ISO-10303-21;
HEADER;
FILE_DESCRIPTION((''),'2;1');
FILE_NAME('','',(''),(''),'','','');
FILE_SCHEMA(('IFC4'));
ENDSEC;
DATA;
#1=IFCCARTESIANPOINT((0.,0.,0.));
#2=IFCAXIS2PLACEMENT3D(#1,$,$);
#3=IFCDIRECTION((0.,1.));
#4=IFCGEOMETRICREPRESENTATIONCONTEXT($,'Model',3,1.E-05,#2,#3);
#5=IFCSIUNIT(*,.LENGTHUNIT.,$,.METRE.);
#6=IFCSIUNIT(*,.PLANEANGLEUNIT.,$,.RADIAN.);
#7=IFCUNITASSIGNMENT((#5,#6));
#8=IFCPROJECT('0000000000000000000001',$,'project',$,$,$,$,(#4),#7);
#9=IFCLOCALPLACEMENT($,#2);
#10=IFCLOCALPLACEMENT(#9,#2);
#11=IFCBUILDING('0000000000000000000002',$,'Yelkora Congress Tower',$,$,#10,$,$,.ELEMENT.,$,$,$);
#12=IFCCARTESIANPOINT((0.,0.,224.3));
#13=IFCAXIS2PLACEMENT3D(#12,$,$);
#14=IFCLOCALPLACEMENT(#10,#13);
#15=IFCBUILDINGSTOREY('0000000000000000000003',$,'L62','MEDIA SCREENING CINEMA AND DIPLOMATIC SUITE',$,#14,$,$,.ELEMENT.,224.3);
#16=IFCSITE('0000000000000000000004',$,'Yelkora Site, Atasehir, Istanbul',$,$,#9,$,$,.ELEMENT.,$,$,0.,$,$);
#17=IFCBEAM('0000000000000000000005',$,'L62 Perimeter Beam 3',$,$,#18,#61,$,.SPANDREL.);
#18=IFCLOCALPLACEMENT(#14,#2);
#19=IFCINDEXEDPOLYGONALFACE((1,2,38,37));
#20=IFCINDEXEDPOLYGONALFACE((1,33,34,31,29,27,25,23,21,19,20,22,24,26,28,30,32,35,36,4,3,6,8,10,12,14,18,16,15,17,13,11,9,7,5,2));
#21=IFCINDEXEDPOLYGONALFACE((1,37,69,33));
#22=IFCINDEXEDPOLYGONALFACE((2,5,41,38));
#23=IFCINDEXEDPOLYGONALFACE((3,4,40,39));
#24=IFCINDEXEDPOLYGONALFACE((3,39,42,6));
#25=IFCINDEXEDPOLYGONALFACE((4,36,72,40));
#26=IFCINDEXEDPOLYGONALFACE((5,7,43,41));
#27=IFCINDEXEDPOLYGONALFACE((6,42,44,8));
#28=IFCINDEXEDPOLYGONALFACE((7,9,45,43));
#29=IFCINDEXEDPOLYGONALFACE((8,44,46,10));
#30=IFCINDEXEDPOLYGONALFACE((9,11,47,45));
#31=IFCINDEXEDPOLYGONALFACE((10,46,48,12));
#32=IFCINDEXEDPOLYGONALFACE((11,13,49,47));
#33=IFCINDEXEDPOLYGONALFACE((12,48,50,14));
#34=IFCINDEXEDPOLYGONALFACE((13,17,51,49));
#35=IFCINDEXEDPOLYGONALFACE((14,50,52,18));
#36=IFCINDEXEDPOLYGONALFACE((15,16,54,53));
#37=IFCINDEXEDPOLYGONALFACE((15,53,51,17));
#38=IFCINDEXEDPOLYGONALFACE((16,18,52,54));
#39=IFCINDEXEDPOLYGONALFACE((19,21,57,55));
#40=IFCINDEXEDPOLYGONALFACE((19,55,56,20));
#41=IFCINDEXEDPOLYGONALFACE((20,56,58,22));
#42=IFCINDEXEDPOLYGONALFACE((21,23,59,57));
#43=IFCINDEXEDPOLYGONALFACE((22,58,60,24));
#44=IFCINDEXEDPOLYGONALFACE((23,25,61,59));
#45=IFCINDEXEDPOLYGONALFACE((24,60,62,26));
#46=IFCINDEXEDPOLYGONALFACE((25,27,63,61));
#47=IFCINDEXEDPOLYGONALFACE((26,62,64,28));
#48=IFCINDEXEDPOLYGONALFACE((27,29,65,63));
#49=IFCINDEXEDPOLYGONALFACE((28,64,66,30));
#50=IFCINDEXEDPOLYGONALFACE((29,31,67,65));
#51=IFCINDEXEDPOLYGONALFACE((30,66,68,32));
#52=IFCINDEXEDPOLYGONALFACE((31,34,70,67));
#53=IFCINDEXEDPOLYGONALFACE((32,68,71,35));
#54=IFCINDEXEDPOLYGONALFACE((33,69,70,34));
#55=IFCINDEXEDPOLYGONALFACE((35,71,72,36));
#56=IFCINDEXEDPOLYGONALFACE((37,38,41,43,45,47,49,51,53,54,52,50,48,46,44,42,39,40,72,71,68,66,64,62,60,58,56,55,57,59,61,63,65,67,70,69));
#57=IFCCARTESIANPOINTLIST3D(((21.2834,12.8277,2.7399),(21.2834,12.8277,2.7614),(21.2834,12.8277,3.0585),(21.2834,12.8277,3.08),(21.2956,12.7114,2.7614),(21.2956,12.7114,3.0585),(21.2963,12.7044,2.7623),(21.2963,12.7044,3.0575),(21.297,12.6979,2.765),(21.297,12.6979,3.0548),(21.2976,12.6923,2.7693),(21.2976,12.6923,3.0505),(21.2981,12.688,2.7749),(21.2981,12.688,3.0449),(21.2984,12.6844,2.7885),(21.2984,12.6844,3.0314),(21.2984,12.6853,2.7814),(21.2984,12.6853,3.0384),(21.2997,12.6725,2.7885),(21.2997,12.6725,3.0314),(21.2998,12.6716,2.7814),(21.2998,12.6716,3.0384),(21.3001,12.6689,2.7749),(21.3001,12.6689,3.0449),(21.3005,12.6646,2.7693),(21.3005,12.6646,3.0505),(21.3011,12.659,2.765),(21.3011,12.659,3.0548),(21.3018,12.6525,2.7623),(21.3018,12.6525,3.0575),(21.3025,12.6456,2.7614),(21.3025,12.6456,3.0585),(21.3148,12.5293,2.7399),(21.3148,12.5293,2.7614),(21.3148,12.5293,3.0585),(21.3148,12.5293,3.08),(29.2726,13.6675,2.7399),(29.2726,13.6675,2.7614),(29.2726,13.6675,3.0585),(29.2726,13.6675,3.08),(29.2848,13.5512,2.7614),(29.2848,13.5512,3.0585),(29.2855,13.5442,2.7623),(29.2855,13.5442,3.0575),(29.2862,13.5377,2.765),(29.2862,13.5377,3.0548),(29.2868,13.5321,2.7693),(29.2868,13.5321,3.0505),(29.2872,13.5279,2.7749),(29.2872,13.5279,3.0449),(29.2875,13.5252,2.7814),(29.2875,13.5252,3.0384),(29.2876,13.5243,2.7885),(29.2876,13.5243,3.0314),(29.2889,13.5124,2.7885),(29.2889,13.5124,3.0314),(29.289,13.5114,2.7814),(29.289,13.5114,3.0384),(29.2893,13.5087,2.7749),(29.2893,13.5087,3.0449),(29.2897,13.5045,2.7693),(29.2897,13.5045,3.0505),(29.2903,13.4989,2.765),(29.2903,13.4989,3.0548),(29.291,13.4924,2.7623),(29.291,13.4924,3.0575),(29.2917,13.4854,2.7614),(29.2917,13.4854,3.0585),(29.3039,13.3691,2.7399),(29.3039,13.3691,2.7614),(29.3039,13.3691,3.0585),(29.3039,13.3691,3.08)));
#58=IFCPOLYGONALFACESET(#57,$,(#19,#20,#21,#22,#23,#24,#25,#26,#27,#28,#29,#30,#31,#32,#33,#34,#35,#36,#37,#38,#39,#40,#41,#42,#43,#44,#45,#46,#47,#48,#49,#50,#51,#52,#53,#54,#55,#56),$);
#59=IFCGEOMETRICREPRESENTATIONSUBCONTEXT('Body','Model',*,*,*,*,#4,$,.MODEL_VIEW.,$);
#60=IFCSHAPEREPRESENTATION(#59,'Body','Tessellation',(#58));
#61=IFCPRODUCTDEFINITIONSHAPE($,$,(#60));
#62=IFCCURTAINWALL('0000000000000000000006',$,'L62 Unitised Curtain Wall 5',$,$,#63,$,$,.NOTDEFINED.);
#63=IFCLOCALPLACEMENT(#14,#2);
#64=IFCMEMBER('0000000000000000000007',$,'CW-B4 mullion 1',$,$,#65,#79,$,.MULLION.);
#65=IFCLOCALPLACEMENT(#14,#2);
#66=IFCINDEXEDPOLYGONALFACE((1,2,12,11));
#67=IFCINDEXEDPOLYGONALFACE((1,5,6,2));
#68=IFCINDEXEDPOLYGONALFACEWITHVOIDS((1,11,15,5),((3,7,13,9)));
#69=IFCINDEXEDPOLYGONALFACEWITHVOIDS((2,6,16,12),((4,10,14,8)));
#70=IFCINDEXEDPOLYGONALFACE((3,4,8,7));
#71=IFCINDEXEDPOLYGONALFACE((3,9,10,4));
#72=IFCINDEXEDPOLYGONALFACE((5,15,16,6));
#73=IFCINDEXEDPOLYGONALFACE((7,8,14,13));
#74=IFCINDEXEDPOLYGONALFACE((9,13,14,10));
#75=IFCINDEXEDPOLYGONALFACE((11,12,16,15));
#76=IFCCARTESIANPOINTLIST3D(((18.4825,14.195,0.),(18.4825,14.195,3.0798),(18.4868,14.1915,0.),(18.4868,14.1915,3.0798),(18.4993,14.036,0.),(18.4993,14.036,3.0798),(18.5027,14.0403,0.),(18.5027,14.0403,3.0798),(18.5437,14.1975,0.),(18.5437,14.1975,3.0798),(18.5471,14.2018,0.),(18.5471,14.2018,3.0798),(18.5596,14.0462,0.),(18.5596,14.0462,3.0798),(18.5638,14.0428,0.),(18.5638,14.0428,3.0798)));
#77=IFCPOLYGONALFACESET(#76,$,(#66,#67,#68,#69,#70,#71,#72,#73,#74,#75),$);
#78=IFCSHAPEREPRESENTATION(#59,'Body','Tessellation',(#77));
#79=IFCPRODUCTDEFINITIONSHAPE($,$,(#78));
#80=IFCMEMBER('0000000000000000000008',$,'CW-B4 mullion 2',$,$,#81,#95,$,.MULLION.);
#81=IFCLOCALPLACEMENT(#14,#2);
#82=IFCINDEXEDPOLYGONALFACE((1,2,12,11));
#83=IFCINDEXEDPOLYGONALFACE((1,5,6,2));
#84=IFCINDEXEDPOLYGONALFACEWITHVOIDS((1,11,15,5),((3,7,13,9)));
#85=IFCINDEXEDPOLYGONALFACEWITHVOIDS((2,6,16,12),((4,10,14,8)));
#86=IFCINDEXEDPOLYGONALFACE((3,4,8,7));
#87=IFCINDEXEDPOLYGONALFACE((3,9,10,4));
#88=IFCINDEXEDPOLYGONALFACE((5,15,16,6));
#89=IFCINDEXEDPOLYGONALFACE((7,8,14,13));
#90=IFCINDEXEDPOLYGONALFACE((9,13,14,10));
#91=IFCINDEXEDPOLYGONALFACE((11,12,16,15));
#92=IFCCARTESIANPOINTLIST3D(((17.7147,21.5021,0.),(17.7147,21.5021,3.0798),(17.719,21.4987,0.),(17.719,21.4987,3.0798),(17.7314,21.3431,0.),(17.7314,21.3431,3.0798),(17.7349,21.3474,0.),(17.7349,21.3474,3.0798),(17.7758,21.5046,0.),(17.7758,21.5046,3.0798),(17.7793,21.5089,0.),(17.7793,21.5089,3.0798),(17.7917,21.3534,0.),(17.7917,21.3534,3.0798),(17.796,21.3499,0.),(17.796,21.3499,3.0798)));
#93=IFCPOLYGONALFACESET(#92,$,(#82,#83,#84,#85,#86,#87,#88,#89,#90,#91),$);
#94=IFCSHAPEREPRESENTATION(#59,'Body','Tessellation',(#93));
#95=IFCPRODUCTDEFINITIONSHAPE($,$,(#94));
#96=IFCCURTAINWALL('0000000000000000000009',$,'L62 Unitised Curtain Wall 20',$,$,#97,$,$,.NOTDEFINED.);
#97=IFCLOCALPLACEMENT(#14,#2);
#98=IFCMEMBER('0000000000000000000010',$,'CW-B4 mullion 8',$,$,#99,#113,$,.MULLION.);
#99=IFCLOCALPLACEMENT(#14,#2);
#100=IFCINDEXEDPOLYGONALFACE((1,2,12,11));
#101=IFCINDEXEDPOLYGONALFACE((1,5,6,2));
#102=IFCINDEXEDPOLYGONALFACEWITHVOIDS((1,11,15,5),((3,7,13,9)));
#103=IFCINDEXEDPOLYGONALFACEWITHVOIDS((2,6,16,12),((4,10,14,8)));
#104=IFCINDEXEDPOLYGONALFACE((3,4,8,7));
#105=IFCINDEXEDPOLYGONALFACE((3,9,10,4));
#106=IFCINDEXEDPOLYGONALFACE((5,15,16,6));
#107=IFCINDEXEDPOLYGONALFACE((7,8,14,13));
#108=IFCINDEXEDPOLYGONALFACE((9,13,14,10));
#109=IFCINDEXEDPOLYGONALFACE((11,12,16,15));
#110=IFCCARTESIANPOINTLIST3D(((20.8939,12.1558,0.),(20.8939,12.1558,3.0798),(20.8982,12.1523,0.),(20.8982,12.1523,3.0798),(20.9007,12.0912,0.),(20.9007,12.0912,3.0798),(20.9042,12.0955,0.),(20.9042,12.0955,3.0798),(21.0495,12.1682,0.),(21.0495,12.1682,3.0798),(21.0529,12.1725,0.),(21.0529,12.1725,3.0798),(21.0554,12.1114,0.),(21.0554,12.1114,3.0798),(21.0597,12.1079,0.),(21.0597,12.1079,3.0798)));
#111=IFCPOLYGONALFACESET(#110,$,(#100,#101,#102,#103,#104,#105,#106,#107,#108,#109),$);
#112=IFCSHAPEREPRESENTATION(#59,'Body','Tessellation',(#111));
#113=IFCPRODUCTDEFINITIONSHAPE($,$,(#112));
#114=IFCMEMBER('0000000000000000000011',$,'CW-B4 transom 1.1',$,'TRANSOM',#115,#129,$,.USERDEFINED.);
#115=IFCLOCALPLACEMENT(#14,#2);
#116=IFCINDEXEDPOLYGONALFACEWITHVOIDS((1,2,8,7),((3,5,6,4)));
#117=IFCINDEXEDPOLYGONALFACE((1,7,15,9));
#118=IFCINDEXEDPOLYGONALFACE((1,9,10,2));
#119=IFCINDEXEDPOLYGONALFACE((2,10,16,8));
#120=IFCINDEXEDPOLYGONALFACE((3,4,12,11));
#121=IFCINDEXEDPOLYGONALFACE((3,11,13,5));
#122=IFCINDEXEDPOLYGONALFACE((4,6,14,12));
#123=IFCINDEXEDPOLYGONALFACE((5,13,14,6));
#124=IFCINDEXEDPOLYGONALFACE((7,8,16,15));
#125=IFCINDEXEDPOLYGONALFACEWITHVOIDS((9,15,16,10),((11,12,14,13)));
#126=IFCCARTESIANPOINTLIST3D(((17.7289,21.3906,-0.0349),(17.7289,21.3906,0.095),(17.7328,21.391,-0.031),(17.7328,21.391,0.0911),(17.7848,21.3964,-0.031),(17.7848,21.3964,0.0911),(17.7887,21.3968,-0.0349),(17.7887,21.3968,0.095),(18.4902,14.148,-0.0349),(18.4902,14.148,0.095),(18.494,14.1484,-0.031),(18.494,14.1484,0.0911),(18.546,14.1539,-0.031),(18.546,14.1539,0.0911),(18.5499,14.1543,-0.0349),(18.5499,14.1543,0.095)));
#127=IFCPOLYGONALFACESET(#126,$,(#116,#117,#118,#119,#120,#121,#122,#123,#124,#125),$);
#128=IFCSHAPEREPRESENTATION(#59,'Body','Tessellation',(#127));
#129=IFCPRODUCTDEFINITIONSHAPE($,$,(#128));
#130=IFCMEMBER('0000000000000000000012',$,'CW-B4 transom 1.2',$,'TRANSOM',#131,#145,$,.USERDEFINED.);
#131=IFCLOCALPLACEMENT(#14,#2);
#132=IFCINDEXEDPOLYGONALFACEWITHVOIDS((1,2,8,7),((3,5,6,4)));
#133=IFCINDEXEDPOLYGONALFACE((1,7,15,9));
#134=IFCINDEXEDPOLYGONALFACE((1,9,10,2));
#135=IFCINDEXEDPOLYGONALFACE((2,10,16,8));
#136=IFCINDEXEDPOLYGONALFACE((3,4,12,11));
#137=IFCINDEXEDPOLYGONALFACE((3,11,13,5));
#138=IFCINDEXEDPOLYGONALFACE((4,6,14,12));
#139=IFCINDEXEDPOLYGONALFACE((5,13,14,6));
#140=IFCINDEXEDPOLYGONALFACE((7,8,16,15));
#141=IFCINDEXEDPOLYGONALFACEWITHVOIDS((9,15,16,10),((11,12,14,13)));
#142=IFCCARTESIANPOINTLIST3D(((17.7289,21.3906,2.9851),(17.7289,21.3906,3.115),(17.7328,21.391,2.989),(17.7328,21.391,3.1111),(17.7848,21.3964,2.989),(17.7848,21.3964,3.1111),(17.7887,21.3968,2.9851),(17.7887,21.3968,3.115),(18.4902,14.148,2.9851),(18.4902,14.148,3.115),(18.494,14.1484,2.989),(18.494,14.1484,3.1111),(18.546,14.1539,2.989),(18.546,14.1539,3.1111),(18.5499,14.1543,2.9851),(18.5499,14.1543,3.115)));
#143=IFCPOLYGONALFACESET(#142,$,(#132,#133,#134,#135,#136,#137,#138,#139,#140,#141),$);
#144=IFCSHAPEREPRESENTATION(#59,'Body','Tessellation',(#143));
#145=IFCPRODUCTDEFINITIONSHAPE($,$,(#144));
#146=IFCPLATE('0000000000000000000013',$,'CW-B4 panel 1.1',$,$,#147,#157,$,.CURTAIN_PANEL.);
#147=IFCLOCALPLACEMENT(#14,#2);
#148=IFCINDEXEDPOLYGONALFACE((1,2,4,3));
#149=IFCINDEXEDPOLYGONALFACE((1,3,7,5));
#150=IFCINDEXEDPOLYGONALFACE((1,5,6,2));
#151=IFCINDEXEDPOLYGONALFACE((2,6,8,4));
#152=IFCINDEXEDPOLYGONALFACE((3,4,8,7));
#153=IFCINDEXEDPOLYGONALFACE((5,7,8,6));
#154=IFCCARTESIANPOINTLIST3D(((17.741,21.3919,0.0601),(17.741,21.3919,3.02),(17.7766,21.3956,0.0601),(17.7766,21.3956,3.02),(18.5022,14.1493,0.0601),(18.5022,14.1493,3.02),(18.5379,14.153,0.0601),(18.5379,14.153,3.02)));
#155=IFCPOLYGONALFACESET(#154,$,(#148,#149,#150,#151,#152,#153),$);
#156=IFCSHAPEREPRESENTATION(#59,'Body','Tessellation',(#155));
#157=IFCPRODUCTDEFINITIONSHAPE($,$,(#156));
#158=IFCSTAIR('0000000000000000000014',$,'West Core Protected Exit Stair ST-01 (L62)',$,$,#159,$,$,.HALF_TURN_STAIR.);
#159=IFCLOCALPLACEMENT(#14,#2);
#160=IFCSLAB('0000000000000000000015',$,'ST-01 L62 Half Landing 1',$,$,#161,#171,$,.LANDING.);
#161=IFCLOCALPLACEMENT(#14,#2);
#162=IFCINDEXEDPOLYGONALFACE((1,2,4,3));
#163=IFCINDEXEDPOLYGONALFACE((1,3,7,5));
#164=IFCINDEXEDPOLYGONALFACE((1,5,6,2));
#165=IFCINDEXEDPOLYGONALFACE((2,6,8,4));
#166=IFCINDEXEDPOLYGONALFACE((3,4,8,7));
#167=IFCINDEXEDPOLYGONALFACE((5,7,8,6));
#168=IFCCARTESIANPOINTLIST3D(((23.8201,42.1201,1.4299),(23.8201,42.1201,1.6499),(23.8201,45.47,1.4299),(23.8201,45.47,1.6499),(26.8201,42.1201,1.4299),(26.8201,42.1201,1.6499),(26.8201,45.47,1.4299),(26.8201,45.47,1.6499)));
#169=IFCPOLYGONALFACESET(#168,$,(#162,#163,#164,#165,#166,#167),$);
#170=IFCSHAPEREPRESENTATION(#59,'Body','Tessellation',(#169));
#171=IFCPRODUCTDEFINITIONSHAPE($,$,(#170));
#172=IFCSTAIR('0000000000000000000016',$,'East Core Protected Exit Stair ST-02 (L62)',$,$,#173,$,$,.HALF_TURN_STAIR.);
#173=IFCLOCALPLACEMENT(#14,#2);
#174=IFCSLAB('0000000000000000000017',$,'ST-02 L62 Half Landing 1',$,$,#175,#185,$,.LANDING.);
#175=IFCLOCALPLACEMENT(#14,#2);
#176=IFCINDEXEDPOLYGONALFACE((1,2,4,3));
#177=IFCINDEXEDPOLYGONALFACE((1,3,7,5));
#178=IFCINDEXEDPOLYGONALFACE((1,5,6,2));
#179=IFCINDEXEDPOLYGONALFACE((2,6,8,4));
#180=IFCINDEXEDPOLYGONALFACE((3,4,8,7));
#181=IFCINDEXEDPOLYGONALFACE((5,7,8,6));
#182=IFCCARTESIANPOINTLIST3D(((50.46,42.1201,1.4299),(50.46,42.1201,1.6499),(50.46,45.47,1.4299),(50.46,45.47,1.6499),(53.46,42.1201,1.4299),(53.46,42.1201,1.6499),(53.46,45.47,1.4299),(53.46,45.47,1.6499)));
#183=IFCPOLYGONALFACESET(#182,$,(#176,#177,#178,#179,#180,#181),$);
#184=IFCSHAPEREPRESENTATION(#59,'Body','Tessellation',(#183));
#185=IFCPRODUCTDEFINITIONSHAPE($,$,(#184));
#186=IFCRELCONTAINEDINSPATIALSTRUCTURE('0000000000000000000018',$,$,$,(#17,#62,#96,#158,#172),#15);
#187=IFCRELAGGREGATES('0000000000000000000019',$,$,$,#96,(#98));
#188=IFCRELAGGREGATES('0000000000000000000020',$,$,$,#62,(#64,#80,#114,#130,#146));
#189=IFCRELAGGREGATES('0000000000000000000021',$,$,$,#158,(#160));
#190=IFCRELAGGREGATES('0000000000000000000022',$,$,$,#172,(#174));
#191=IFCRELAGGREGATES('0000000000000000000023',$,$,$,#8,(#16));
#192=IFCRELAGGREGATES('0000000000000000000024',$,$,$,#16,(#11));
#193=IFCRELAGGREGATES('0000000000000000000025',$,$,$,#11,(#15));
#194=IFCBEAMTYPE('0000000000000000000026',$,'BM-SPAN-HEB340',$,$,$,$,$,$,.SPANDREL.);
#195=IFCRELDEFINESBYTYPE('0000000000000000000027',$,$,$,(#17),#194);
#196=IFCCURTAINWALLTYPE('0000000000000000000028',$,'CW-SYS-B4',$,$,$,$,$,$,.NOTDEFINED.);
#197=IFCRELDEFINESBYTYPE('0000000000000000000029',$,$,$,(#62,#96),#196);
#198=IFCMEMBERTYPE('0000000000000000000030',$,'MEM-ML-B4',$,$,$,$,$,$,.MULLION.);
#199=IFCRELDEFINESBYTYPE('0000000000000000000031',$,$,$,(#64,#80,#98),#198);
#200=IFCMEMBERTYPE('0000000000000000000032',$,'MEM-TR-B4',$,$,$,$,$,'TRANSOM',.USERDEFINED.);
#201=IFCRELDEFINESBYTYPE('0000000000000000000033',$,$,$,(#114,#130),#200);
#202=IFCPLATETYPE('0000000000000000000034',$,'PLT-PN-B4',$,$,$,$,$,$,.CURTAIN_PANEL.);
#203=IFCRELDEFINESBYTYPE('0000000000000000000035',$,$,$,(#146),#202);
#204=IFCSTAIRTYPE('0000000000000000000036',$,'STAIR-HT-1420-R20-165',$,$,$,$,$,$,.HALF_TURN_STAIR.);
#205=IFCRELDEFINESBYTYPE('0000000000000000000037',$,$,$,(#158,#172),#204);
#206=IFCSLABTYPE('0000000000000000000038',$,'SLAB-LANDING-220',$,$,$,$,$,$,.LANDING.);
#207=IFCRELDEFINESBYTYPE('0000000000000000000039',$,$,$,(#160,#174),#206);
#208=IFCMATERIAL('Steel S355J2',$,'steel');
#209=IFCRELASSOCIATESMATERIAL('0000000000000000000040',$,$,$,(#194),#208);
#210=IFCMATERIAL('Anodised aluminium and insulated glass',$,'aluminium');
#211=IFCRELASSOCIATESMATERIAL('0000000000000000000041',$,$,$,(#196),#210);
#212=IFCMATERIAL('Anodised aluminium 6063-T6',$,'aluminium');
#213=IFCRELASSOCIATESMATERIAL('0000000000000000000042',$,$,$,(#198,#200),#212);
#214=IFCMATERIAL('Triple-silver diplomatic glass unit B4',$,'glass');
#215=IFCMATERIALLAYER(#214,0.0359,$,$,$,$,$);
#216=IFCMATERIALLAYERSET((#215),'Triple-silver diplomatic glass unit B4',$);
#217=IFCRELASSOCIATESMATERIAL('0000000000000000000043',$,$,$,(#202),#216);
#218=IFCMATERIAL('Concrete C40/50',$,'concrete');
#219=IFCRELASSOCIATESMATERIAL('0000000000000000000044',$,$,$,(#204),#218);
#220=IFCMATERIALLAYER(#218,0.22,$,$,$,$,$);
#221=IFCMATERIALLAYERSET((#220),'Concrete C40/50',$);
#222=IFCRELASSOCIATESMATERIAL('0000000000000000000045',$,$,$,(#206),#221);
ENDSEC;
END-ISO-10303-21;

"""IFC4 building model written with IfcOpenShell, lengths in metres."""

from ifc_helpers import new_model, si_unit, direction, frame, origin, origin_2d, place, context, subcontext, project, spatial, polyline, rectangle, hollow_rectangle, i_section, outline, extrude, material, layer, layer_set, material_profile, profile_set, type_object, element, aggregate, save


model = new_model("IFC4")

# Units and contexts
model_context = context("Model", 3, precision=1e-05, world=origin(), true_north=direction((0.0, 1.0)))
body_context = subcontext(model_context, "Body", "Model", "MODEL_VIEW")
ifc_project = project(units=[si_unit("LENGTHUNIT", "METRE"), si_unit("PLANEANGLEUNIT", "RADIAN")], contexts=[model_context])

# Site, building, storey
site_placement = place(None, origin())
site = spatial("IfcSite", under=ifc_project, at=site_placement, Name="Yelkora Site, Atasehir, Istanbul", CompositionType="ELEMENT", RefElevation=0.0)
building_placement = place(site_placement, origin())
building = spatial("IfcBuilding", under=site, at=building_placement, Name="Yelkora Congress Tower", CompositionType="ELEMENT")
storey_placement = place(building_placement, frame((0.0, 0.0, 224.3)))
storey = spatial("IfcBuildingStorey", under=building, at=storey_placement, Name="L62", Description="MEDIA SCREENING CINEMA AND DIPLOMATIC SUITE", CompositionType="ELEMENT", Elevation=224.3)

# Shared definitions
ifc_material_1 = material(Name="Steel S355J2", Category="steel")

# Beam
ifc_material_profile_1 = material_profile(ifc_material_1, i_section(OverallWidth=0.3, OverallDepth=0.3401, WebThickness=0.012, FlangeThickness=0.0215, FilletRadius=0.0271, at=origin_2d()), Name="HEB 340")
ifc_profile_set_1 = profile_set([ifc_material_profile_1], Name="Steel S355J2")
beam_type_1 = type_object("IfcBeamType", Name="BM-SPAN-HEB340", PredefinedType="SPANDREL", material=ifc_profile_set_1)
beam_1_placement = place(storey_placement, frame((21.2991, 12.6785, 2.9099), z_axis=(0.99452, 0.104546, 0.0), x_axis=(-0.104546, 0.99452, 0.0)))
element("IfcBeam", 1, at=beam_1_placement, inside=storey, type_object=beam_type_1, Name="L62 Perimeter Beam 3", PredefinedType="SPANDREL", context=body_context, shape_type="SweptSolid", body=[
    extrude(i_section(OverallWidth=0.3, OverallDepth=0.3401, WebThickness=0.012, FlangeThickness=0.0215, FilletRadius=0.0271, at=origin_2d()), origin(), (0.0, 0.0, 1.0), 8.0332),
])

# Curtain wall, members
ifc_material_2 = material(Name="Anodised aluminium and insulated glass", Category="aluminium")
curtain_wall_type = type_object("IfcCurtainWallType", Name="CW-SYS-B4", PredefinedType="NOTDEFINED", material=ifc_material_2)
curtain_wall_1_placement = place(storey_placement, origin())
curtain_wall_1 = element("IfcCurtainWall", 2, at=curtain_wall_1_placement, inside=storey, type_object=curtain_wall_type, Name="L62 Unitised Curtain Wall 5", PredefinedType="NOTDEFINED")
ifc_material_3 = material(Name="Anodised aluminium 6063-T6", Category="aluminium")
ifc_material_profile_2 = material_profile(ifc_material_3, hollow_rectangle(XDim=0.0649, YDim=0.1599, WallThickness=0.0039, at=origin_2d()), Name="ALU 65x160x4")
ifc_profile_set_2 = profile_set([ifc_material_profile_2], Name="Anodised aluminium 6063-T6")
member_type_1 = type_object("IfcMemberType", Name="MEM-ML-B4", PredefinedType="MULLION", material=ifc_profile_set_2)
member_1_placement = place(storey_placement, frame((18.5232, 14.1189, 0.0), z_axis=(0.0, 0.0, 1.0), x_axis=(-0.994522, -0.104526, 0.0)))
member_1 = element("IfcMember", 3, at=member_1_placement, type_object=member_type_1, Name="CW-B4 mullion 1", PredefinedType="MULLION", context=body_context, shape_type="SweptSolid", body=[
    extrude(hollow_rectangle(XDim=0.0649, YDim=0.1599, WallThickness=0.0039, at=origin_2d()), origin(), (0.0, 0.0, 1.0), 3.0798),
])
member_2_placement = place(storey_placement, frame((17.7554, 21.426, 0.0), z_axis=(0.0, 0.0, 1.0), x_axis=(-0.994522, -0.104526, 0.0)))
member_2 = element("IfcMember", 4, at=member_2_placement, type_object=member_type_1, Name="CW-B4 mullion 2", PredefinedType="MULLION", context=body_context, shape_type="SweptSolid", body=[
    extrude(hollow_rectangle(XDim=0.0649, YDim=0.1599, WallThickness=0.0039, at=origin_2d()), origin(), (0.0, 0.0, 1.0), 3.0798),
])

# Curtain wall, member
curtain_wall_2_placement = place(storey_placement, origin())
curtain_wall_2 = element("IfcCurtainWall", 5, at=curtain_wall_2_placement, inside=storey, type_object=curtain_wall_type, Name="L62 Unitised Curtain Wall 20", PredefinedType="NOTDEFINED")
member_3_placement = place(storey_placement, frame((20.9768, 12.1318, 0.0), z_axis=(0.0, 0.0, 1.0), x_axis=(0.104527, -0.994522, 0.0)))
member_3 = element("IfcMember", 6, at=member_3_placement, type_object=member_type_1, Name="CW-B4 mullion 8", PredefinedType="MULLION", context=body_context, shape_type="SweptSolid", body=[
    extrude(hollow_rectangle(XDim=0.0649, YDim=0.1599, WallThickness=0.0039, at=origin_2d()), origin(), (0.0, 0.0, 1.0), 3.0798),
])
aggregate(curtain_wall_2, [member_3])

# Members
ifc_material_profile_3 = material_profile(ifc_material_3, hollow_rectangle(XDim=0.0601, YDim=0.1299, WallThickness=0.0039, at=origin_2d()), Name="ALU 60x130x4")
ifc_profile_set_3 = profile_set([ifc_material_profile_3], Name="Anodised aluminium 6063-T6")
member_type_2 = type_object("IfcMemberType", Name="MEM-TR-B4", ElementType="TRANSOM", PredefinedType="USERDEFINED", material=ifc_profile_set_3)
member_4_placement = place(storey_placement, frame((18.52, 14.1511, 0.03), z_axis=(-0.104528, 0.994522, 0.0), x_axis=(-0.994522, -0.104528, 0.0)))
member_4 = element("IfcMember", 7, at=member_4_placement, type_object=member_type_2, Name="CW-B4 transom 1.1", ObjectType="TRANSOM", PredefinedType="USERDEFINED", context=body_context, shape_type="SweptSolid", body=[
    extrude(hollow_rectangle(XDim=0.0601, YDim=0.1299, WallThickness=0.0039, at=origin_2d()), origin(), (0.0, 0.0, 1.0), 7.2825),
])
member_5_placement = place(storey_placement, frame((18.52, 14.1511, 3.05), z_axis=(-0.104528, 0.994522, 0.0), x_axis=(-0.994522, -0.104528, 0.0)))
member_5 = element("IfcMember", 8, at=member_5_placement, type_object=member_type_2, Name="CW-B4 transom 1.2", ObjectType="TRANSOM", PredefinedType="USERDEFINED", context=body_context, shape_type="SweptSolid", body=[
    extrude(hollow_rectangle(XDim=0.0601, YDim=0.1299, WallThickness=0.0039, at=origin_2d()), origin(), (0.0, 0.0, 1.0), 7.2825),
])

# Plate
ifc_material_4 = material(Name="Triple-silver diplomatic glass unit B4", Category="glass")
ifc_layer_1 = layer(ifc_material_4, 0.0359)
ifc_layer_set_1 = layer_set([ifc_layer_1], Name="Triple-silver diplomatic glass unit B4")
plate_type = type_object("IfcPlateType", Name="PLT-PN-B4", PredefinedType="CURTAIN_PANEL", material=ifc_layer_set_1)
plate_placement = place(storey_placement, frame((18.1394, 17.7725, 0.0601), z_axis=(0.0, 0.0, 1.0), x_axis=(-0.104526, 0.994522, 0.0)))
plate = element("IfcPlate", 9, at=plate_placement, type_object=plate_type, Name="CW-B4 panel 1.1", PredefinedType="CURTAIN_PANEL", context=body_context, shape_type="SweptSolid", body=[
    extrude(rectangle(XDim=7.2825, YDim=0.0359, at=origin_2d()), origin(), (0.0, 0.0, 1.0), 2.96),
])
aggregate(curtain_wall_1, [member_1, member_2, member_4, member_5, plate])

# Stairs, slabs
ifc_material_5 = material(Name="Concrete C40/50", Category="concrete")
stair_type = type_object("IfcStairType", Name="STAIR-HT-1420-R20-165", PredefinedType="HALF_TURN_STAIR", material=ifc_material_5)
stair_1_placement = place(storey_placement, origin())
stair_1 = element("IfcStair", 10, at=stair_1_placement, inside=storey, type_object=stair_type, Name="West Core Protected Exit Stair ST-01 (L62)", PredefinedType="HALF_TURN_STAIR")
ifc_layer_2 = layer(ifc_material_5, 0.22)
ifc_layer_set_2 = layer_set([ifc_layer_2], Name="Concrete C40/50")
slab_type_1 = type_object("IfcSlabType", Name="SLAB-LANDING-220", PredefinedType="LANDING", material=ifc_layer_set_2)
slab_1_placement = place(storey_placement, frame((0.0, 0.0, 1.4299)))
slab_1 = element("IfcSlab", 11, at=slab_1_placement, type_object=slab_type_1, Name="ST-01 L62 Half Landing 1", PredefinedType="LANDING", context=body_context, shape_type="SweptSolid", body=[
    extrude(outline(polyline([(26.8201, 42.1201), (26.8201, 45.47), (23.8201, 45.47), (23.8201, 42.1201), (26.8201, 42.1201)])), origin(), (0.0, 0.0, 1.0), 0.22),
])
aggregate(stair_1, [slab_1])
stair_2_placement = place(storey_placement, origin())
stair_2 = element("IfcStair", 12, at=stair_2_placement, inside=storey, type_object=stair_type, Name="East Core Protected Exit Stair ST-02 (L62)", PredefinedType="HALF_TURN_STAIR")
slab_2_placement = place(storey_placement, frame((0.0, 0.0, 1.4299)))
slab_2 = element("IfcSlab", 13, at=slab_2_placement, type_object=slab_type_1, Name="ST-02 L62 Half Landing 1", PredefinedType="LANDING", context=body_context, shape_type="SweptSolid", body=[
    extrude(outline(polyline([(53.46, 42.1201), (53.46, 45.47), (50.46, 45.47), (50.46, 42.1201), (53.46, 42.1201)])), origin(), (0.0, 0.0, 1.0), 0.22),
])
aggregate(stair_2, [slab_2])

save(model, "model.ifc")
